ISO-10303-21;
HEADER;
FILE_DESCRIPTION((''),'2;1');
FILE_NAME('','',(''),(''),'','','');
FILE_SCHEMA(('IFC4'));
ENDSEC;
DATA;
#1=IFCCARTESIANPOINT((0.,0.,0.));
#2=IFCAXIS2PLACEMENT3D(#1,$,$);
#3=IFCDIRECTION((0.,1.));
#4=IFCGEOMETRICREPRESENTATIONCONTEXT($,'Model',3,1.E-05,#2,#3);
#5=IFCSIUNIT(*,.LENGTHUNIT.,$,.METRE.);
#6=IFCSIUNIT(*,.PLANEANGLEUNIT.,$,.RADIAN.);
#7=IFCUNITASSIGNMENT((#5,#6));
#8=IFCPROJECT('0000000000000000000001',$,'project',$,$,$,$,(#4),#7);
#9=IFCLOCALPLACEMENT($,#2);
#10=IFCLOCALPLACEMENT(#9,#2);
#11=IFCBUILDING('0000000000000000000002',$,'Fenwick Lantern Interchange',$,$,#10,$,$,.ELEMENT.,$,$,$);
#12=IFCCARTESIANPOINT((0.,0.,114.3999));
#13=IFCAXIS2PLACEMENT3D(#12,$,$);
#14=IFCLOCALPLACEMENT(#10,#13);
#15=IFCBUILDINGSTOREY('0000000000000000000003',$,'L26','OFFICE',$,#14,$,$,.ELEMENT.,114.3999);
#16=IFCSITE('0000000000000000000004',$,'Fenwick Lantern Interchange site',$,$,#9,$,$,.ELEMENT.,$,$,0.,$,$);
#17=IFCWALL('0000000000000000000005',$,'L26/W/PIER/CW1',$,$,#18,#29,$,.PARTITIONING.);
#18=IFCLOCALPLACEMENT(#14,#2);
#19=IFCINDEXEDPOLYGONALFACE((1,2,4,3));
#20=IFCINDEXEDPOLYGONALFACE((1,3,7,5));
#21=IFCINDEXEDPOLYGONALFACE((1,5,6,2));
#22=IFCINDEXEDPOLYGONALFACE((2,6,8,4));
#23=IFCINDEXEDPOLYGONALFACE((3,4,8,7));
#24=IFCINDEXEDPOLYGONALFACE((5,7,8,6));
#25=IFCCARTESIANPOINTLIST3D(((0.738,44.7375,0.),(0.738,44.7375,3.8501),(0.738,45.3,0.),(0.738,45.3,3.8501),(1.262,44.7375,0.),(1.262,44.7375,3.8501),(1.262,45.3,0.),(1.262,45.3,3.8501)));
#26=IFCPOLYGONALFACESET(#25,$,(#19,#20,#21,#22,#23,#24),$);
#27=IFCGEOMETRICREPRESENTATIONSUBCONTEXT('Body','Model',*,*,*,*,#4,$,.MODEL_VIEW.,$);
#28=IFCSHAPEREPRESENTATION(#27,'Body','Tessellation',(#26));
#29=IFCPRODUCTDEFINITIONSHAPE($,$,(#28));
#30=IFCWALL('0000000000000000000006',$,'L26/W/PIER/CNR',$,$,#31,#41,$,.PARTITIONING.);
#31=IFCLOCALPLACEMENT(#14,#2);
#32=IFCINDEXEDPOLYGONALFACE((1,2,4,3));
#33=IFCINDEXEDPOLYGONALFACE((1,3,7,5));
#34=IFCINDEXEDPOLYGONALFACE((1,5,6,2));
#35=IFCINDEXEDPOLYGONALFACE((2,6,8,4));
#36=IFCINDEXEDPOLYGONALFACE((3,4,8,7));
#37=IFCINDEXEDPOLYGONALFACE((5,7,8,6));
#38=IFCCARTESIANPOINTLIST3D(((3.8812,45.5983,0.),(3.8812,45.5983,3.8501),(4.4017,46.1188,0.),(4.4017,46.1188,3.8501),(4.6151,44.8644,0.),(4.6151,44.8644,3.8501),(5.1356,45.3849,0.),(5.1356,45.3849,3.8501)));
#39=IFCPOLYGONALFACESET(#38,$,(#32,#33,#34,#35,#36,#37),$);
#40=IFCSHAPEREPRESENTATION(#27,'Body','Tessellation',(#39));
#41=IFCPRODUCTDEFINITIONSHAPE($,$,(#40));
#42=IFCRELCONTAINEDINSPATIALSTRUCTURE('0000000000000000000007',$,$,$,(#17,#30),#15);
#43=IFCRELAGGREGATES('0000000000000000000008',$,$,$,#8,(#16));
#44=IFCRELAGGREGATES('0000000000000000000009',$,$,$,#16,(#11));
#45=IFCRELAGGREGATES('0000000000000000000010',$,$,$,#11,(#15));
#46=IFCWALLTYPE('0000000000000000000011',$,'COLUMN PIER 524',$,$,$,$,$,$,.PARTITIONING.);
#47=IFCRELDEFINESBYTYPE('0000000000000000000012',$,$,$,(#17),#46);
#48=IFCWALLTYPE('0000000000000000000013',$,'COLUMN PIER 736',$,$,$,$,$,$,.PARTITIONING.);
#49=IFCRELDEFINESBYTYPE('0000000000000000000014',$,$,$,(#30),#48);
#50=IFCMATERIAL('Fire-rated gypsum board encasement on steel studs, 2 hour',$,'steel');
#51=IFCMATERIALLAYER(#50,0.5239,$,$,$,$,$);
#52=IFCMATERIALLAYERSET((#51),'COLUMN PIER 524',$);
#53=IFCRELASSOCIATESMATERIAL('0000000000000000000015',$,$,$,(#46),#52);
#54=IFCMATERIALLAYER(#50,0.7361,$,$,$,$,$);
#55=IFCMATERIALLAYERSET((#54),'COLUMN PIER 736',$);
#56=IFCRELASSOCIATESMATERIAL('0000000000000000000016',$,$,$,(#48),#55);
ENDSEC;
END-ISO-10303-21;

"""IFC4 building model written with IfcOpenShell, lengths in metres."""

from ifc_helpers import new_model, si_unit, direction, frame, frame_2d, origin, place, context, subcontext, project, spatial, rectangle, extrude, material, layer, layer_set, type_object, element, save


model = new_model("IFC4")

# Units and contexts
model_context = context("Model", 3, precision=1e-05, world=origin(), true_north=direction((0.0, 1.0)))
body_context = subcontext(model_context, "Body", "Model", "MODEL_VIEW")
ifc_project = project(units=[si_unit("LENGTHUNIT", "METRE"), si_unit("PLANEANGLEUNIT", "RADIAN")], contexts=[model_context])

# Site, building, storey
site_placement = place(None, origin())
site = spatial("IfcSite", under=ifc_project, at=site_placement, Name="Fenwick Lantern Interchange site", CompositionType="ELEMENT", RefElevation=0.0)
building_placement = place(site_placement, origin())
building = spatial("IfcBuilding", under=site, at=building_placement, Name="Fenwick Lantern Interchange", CompositionType="ELEMENT")
storey_placement = place(building_placement, frame((0.0, 0.0, 114.3999)))
storey = spatial("IfcBuildingStorey", under=building, at=storey_placement, Name="L26", Description="OFFICE", CompositionType="ELEMENT", Elevation=114.3999)

# Walls
ifc_material_1 = material(Name="Fire-rated gypsum board encasement on steel studs, 2 hour", Category="steel")
ifc_layer_1 = layer(ifc_material_1, 0.5239)
ifc_layer_set_1 = layer_set([ifc_layer_1], Name="COLUMN PIER 524")
wall_type_1 = type_object("IfcWallType", Name="COLUMN PIER 524", PredefinedType="PARTITIONING", material=ifc_layer_set_1)
wall_1_placement = place(storey_placement, frame((1.0, 45.3, 0.0), z_axis=(0.0, 0.0, 1.0), x_axis=(0.0, -1.0, 0.0)))
element("IfcWall", 1, at=wall_1_placement, inside=storey, type_object=wall_type_1, Name="L26/W/PIER/CW1", PredefinedType="PARTITIONING", context=body_context, shape_type="SweptSolid", body=[
    extrude(rectangle(XDim=0.5625, YDim=0.5239, at=frame_2d((0.2812, 0.0))), origin(), (0.0, 0.0, 1.0), 3.8501),
])
ifc_layer_2 = layer(ifc_material_1, 0.7361)
ifc_layer_set_2 = layer_set([ifc_layer_2], Name="COLUMN PIER 736")
wall_type_2 = type_object("IfcWallType", Name="COLUMN PIER 736", PredefinedType="PARTITIONING", material=ifc_layer_set_2)
wall_2_placement = place(storey_placement, frame((4.1414, 45.8586, 0.0), z_axis=(0.0, 0.0, 1.0), x_axis=(0.707107, -0.707107, 0.0)))
element("IfcWall", 2, at=wall_2_placement, inside=storey, type_object=wall_type_2, Name="L26/W/PIER/CNR", PredefinedType="PARTITIONING", context=body_context, shape_type="SweptSolid", body=[
    extrude(rectangle(XDim=1.0378, YDim=0.7361, at=frame_2d((0.519, 0.0))), origin(), (0.0, 0.0, 1.0), 3.8501),
])

save(model, "model.ifc")
